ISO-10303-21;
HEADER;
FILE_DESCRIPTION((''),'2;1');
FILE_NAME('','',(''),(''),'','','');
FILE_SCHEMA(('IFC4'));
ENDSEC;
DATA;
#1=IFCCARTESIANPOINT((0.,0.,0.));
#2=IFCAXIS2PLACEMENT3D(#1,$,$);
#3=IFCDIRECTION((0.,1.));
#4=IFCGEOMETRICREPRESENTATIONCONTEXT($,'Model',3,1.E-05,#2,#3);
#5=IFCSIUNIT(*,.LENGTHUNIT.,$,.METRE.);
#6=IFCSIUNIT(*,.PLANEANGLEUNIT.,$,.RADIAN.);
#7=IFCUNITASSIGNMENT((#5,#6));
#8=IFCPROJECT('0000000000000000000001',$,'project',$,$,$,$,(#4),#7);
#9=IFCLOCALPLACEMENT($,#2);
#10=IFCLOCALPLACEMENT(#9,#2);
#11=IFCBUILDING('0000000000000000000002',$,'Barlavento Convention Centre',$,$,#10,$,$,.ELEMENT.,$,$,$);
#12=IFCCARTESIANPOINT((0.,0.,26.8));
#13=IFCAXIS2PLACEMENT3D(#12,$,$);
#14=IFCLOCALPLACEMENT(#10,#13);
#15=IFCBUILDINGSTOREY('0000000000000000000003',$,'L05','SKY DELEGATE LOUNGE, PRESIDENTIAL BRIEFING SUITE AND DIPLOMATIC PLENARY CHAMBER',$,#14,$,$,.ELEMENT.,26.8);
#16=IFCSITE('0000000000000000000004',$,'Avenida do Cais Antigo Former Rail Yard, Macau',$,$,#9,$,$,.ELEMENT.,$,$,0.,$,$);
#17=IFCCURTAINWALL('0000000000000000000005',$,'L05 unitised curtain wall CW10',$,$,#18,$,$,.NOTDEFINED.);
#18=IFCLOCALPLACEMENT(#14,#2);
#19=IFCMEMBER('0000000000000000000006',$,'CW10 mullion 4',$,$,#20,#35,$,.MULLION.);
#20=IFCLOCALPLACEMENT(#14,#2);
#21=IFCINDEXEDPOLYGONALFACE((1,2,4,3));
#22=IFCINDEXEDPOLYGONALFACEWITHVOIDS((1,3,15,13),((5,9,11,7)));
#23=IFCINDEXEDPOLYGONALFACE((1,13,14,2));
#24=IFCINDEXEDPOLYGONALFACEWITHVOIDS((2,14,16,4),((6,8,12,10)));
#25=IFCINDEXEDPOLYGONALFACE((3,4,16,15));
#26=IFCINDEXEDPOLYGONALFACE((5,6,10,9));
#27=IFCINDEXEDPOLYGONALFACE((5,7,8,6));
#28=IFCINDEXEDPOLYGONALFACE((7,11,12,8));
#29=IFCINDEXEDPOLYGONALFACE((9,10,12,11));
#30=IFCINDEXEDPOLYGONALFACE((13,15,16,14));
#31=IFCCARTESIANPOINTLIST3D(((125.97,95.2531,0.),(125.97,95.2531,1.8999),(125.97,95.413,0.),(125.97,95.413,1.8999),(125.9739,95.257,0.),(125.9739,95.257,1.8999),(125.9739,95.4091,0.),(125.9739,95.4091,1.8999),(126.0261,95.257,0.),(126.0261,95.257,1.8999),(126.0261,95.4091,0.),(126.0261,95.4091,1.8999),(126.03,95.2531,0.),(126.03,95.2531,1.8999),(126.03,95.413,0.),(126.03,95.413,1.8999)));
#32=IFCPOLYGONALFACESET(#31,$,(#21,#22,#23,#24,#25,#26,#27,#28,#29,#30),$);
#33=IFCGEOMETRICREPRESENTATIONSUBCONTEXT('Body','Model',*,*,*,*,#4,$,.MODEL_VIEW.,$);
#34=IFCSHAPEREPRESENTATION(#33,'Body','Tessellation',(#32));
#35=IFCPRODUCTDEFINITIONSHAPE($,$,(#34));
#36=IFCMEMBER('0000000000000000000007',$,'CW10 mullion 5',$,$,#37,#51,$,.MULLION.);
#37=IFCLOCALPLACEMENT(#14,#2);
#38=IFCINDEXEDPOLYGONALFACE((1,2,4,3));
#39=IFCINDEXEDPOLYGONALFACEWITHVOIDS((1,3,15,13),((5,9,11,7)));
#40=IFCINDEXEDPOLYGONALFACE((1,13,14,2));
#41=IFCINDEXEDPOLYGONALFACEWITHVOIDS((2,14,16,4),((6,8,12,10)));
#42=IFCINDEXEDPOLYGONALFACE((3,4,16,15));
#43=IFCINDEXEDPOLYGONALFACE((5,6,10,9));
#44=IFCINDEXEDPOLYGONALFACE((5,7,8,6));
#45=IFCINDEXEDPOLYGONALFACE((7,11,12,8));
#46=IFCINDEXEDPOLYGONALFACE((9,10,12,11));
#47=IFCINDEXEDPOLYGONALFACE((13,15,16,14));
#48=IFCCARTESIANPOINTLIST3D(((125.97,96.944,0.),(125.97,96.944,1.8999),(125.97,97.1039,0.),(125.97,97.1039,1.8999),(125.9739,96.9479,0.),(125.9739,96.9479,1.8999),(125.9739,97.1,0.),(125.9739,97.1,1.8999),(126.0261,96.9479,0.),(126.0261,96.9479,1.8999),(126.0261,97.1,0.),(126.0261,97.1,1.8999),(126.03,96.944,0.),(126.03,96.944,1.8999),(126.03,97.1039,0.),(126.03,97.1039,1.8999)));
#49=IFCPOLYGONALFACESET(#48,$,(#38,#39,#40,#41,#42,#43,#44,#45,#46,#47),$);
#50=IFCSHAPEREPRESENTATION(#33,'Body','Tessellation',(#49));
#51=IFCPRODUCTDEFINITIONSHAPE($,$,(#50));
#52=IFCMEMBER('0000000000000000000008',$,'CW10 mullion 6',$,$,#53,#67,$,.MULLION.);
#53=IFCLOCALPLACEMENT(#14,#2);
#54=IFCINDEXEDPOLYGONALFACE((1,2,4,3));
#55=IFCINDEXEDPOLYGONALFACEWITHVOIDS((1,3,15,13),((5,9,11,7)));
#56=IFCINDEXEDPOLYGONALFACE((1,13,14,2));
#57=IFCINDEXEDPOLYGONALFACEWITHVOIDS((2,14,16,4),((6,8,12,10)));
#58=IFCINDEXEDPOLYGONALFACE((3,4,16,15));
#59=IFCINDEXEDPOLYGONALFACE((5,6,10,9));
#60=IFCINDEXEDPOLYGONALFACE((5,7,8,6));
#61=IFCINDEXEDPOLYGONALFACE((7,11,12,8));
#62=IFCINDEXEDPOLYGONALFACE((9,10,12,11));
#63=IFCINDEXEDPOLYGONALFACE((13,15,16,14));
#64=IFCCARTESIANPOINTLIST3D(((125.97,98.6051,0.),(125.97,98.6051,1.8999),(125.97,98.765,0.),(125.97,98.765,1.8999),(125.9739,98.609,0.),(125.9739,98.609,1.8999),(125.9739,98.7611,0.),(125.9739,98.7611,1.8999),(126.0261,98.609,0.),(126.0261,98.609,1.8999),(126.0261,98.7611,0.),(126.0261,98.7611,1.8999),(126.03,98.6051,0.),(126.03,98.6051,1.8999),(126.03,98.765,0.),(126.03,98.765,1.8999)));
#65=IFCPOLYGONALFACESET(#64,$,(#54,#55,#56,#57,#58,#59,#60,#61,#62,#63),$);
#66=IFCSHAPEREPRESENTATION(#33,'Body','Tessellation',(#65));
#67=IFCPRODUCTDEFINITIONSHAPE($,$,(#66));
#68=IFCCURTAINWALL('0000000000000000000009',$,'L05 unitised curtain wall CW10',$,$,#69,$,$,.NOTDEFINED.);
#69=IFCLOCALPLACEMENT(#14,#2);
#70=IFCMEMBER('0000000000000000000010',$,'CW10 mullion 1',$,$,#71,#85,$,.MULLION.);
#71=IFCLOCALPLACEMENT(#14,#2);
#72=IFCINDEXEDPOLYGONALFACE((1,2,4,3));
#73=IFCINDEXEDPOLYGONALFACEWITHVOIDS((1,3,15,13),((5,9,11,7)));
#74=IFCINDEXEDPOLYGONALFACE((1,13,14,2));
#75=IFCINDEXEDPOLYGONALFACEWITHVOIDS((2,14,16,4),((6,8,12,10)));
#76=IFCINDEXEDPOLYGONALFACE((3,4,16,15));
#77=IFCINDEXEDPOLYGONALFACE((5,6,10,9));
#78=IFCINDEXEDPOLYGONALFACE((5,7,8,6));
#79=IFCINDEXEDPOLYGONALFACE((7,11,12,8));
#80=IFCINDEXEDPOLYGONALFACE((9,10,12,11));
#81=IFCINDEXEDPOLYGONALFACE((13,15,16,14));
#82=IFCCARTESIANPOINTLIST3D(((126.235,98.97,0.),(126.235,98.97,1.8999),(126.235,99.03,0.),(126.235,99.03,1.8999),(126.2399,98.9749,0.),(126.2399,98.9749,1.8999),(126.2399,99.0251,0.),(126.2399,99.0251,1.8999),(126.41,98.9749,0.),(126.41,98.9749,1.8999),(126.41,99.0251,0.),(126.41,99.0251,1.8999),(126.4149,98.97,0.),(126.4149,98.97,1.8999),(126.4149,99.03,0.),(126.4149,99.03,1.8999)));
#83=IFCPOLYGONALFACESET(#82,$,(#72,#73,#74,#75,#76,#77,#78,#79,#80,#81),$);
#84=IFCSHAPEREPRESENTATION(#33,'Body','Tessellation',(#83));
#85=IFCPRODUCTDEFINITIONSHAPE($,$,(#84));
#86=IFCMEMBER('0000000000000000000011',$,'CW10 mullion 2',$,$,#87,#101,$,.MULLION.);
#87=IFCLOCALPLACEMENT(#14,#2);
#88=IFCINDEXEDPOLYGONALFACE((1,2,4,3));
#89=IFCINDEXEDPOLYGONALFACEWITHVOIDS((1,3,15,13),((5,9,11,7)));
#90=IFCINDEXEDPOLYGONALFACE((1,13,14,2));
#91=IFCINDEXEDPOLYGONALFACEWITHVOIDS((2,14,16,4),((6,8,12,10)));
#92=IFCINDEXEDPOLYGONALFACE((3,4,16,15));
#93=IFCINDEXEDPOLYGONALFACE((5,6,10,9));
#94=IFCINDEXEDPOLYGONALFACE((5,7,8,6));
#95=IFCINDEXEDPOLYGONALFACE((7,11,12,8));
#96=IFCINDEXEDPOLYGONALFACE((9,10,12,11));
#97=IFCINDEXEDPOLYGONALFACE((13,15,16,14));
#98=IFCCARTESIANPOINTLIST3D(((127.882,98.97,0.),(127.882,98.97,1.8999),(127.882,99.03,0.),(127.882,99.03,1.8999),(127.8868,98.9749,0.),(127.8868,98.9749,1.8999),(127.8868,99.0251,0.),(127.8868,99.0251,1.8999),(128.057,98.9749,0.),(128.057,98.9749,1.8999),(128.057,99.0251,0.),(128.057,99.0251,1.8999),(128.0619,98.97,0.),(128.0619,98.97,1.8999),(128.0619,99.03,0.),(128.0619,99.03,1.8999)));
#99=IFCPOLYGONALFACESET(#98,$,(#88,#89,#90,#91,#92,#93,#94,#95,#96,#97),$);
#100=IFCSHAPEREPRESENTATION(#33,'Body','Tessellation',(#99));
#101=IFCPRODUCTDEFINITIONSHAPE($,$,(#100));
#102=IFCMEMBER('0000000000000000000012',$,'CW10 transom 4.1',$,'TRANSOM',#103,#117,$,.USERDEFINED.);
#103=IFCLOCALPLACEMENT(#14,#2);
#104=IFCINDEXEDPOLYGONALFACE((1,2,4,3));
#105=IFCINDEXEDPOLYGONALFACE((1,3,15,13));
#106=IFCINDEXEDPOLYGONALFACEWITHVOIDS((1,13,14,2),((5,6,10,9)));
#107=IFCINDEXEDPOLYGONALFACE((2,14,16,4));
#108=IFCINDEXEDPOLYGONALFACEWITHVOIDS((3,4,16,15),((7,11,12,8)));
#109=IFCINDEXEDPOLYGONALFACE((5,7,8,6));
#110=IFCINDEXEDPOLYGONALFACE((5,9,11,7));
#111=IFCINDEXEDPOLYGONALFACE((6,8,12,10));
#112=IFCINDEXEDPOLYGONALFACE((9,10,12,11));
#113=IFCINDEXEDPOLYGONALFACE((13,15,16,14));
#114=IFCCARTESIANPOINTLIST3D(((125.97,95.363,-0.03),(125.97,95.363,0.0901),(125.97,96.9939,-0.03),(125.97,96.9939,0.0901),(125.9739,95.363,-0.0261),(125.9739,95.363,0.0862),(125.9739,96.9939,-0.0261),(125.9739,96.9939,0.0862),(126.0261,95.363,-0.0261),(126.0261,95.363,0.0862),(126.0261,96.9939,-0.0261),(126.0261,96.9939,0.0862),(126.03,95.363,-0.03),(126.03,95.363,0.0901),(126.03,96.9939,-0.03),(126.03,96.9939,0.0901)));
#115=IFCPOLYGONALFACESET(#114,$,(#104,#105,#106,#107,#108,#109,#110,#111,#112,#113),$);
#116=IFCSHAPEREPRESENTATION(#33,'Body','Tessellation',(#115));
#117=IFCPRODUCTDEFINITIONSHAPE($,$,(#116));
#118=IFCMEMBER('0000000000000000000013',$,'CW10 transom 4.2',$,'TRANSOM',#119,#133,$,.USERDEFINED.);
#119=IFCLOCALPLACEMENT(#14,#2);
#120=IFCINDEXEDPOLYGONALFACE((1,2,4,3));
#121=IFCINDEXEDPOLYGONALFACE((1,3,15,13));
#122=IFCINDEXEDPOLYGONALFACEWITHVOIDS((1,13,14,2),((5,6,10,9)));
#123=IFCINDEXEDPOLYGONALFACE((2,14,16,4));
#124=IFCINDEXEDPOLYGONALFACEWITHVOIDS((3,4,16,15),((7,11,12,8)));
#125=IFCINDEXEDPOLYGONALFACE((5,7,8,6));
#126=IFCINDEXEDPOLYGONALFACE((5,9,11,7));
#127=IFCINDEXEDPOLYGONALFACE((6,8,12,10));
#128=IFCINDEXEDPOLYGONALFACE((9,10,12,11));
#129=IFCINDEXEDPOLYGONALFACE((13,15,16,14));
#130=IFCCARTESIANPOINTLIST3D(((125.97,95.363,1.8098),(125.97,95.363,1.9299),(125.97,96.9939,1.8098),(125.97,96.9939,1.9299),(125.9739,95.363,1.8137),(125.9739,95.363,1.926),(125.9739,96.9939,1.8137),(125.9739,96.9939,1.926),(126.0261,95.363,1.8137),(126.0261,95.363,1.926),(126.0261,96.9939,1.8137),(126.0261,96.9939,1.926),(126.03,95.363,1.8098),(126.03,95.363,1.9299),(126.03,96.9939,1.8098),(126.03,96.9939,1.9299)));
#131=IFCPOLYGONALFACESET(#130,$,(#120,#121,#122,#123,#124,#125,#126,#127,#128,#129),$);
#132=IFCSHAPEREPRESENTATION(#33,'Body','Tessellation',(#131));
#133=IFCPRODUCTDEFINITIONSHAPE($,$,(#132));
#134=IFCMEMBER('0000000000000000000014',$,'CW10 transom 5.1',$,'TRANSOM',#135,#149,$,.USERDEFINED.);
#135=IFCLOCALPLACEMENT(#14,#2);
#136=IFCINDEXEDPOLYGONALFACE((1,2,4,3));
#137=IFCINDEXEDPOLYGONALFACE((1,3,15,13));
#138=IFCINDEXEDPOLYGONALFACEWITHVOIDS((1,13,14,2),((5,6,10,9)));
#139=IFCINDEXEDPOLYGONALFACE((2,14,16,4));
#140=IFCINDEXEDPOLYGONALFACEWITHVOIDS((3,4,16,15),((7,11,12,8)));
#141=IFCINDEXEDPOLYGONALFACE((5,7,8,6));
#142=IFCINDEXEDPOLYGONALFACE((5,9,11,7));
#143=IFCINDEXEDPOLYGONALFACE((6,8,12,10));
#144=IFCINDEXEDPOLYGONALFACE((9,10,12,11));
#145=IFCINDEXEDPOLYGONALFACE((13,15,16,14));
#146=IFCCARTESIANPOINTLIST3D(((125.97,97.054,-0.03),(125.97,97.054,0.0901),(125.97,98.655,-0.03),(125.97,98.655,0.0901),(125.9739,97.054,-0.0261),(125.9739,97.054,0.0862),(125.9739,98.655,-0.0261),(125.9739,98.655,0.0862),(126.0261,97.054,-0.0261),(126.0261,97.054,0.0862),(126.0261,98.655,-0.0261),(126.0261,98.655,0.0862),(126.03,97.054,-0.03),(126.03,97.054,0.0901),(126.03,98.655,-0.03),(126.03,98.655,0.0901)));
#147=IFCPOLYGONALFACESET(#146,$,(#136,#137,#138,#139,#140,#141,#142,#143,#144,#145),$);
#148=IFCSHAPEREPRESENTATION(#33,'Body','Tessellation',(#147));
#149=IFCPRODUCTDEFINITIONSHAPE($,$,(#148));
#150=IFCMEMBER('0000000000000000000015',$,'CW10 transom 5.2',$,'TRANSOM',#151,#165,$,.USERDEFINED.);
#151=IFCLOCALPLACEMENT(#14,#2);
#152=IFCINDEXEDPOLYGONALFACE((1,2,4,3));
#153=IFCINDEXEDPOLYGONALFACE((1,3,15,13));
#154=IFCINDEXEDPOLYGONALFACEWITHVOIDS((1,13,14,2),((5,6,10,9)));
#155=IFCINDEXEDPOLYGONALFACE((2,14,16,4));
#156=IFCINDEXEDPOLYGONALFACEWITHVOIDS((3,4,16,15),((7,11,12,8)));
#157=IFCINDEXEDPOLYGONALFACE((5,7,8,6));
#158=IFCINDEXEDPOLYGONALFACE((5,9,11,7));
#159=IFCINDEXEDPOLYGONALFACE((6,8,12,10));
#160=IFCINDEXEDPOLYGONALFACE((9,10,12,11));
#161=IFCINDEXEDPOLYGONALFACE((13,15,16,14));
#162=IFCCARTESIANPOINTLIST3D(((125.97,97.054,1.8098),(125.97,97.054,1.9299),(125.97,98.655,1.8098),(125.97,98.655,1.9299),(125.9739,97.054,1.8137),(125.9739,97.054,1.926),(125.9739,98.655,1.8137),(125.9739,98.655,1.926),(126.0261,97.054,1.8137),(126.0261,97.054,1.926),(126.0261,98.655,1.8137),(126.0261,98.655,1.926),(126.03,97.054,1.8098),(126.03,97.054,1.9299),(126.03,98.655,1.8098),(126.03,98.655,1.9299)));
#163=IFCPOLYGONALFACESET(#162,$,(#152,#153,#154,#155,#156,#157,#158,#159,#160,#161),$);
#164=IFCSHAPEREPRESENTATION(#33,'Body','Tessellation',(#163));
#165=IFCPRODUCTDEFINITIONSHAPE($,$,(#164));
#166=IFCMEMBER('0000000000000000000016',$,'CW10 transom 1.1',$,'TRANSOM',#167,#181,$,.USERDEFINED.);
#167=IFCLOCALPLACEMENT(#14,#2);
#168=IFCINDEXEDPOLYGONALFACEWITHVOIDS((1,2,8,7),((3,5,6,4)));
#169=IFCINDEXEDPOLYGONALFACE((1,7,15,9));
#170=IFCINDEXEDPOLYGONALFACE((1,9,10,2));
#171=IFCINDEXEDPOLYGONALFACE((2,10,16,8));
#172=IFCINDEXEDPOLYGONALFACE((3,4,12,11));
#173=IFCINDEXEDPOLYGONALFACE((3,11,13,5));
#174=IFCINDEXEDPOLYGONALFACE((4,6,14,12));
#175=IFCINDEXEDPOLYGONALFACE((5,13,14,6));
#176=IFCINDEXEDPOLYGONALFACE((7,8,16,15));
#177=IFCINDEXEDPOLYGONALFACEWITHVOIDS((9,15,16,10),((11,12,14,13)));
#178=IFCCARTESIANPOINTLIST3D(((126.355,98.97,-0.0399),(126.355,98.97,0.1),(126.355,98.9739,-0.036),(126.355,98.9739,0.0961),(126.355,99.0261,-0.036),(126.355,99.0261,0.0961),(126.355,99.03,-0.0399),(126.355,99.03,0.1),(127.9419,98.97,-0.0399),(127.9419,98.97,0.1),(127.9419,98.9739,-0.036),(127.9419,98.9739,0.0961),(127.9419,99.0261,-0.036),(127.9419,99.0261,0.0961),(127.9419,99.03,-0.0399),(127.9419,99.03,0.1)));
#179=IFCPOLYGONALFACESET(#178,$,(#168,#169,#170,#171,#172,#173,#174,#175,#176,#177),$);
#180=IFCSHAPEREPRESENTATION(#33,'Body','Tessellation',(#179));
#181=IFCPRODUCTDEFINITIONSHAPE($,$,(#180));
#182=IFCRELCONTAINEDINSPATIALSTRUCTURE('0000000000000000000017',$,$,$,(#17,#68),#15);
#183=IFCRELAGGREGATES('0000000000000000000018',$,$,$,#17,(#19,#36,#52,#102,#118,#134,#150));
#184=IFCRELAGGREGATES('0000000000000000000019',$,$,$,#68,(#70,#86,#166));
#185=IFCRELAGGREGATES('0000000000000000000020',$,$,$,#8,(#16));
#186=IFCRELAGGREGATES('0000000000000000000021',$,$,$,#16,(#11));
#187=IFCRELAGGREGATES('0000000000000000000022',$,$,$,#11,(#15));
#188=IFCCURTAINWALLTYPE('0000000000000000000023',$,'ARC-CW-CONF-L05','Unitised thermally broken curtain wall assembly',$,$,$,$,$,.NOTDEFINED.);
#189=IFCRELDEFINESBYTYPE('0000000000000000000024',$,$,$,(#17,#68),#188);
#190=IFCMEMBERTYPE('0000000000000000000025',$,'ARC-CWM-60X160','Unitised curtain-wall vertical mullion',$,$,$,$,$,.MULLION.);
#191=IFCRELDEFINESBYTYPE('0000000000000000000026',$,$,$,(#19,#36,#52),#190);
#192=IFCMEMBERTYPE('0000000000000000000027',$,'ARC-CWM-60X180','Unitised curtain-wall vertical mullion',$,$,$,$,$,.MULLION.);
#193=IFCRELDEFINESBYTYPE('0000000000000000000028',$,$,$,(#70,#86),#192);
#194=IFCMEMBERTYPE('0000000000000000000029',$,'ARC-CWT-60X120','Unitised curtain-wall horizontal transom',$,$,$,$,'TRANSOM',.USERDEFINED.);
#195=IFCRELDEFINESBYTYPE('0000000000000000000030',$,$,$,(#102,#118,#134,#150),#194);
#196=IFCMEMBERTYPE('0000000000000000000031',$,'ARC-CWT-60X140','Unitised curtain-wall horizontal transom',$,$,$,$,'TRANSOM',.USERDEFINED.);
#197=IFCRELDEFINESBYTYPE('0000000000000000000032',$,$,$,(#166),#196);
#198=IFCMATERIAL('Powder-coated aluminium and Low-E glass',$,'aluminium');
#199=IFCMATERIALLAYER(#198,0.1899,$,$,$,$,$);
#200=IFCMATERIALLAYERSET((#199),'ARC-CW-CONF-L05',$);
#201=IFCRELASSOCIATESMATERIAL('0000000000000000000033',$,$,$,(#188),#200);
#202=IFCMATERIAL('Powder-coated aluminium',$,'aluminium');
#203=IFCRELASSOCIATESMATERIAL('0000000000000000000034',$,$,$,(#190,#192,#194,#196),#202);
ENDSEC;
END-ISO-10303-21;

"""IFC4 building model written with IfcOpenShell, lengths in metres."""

from ifc_helpers import new_model, si_unit, direction, frame, origin, origin_2d, place, context, subcontext, project, spatial, hollow_rectangle, extrude, material, layer, layer_set, material_profile, profile_set, type_object, element, aggregate, save


model = new_model("IFC4")

# Units and contexts
model_context = context("Model", 3, precision=1e-05, world=origin(), true_north=direction((0.0, 1.0)))
body_context = subcontext(model_context, "Body", "Model", "MODEL_VIEW")
ifc_project = project(units=[si_unit("LENGTHUNIT", "METRE"), si_unit("PLANEANGLEUNIT", "RADIAN")], contexts=[model_context])

# Site, building, storey
site_placement = place(None, origin())
site = spatial("IfcSite", under=ifc_project, at=site_placement, Name="Avenida do Cais Antigo Former Rail Yard, Macau", CompositionType="ELEMENT", RefElevation=0.0)
building_placement = place(site_placement, origin())
building = spatial("IfcBuilding", under=site, at=building_placement, Name="Barlavento Convention Centre", CompositionType="ELEMENT")
storey_placement = place(building_placement, frame((0.0, 0.0, 26.8)))
storey = spatial("IfcBuildingStorey", under=building, at=storey_placement, Name="L05", Description="SKY DELEGATE LOUNGE, PRESIDENTIAL BRIEFING SUITE AND DIPLOMATIC PLENARY CHAMBER", CompositionType="ELEMENT", Elevation=26.8)

# Curtain walls, members
ifc_material_1 = material(Name="Powder-coated aluminium and Low-E glass", Category="aluminium")
ifc_layer_1 = layer(ifc_material_1, 0.1899)
ifc_layer_set_1 = layer_set([ifc_layer_1], Name="ARC-CW-CONF-L05")
curtain_wall_type = type_object("IfcCurtainWallType", Name="ARC-CW-CONF-L05", Description="Unitised thermally broken curtain wall assembly", PredefinedType="NOTDEFINED", material=ifc_layer_set_1)
curtain_wall_1_placement = place(storey_placement, origin())
curtain_wall_1 = element("IfcCurtainWall", 1, at=curtain_wall_1_placement, inside=storey, type_object=curtain_wall_type, Name="L05 unitised curtain wall CW10", PredefinedType="NOTDEFINED")
ifc_material_2 = material(Name="Powder-coated aluminium", Category="aluminium")
ifc_material_profile_1 = material_profile(ifc_material_2, hollow_rectangle(XDim=0.0601, YDim=0.1599, WallThickness=0.0039, at=origin_2d()), Name="AL-MULL 60x160x4")
ifc_profile_set_1 = profile_set([ifc_material_profile_1], Name="Powder-coated aluminium")
member_type_1 = type_object("IfcMemberType", Name="ARC-CWM-60X160", Description="Unitised curtain-wall vertical mullion", PredefinedType="MULLION", material=ifc_profile_set_1)
member_1_placement = place(storey_placement, frame((126.0, 95.333, 0.0), z_axis=(0.0, 0.0, 1.0), x_axis=(-1.0, 0.0, 0.0)))
member_1 = element("IfcMember", 2, at=member_1_placement, type_object=member_type_1, Name="CW10 mullion 4", PredefinedType="MULLION", context=body_context, shape_type="SweptSolid", body=[
    extrude(hollow_rectangle(XDim=0.0601, YDim=0.1599, WallThickness=0.0039, at=origin_2d()), origin(), (0.0, 0.0, 1.0), 1.8999),
])
member_2_placement = place(storey_placement, frame((126.0, 97.0239, 0.0), z_axis=(0.0, 0.0, 1.0), x_axis=(-1.0, 0.0, 0.0)))
member_2 = element("IfcMember", 3, at=member_2_placement, type_object=member_type_1, Name="CW10 mullion 5", PredefinedType="MULLION", context=body_context, shape_type="SweptSolid", body=[
    extrude(hollow_rectangle(XDim=0.0601, YDim=0.1599, WallThickness=0.0039, at=origin_2d()), origin(), (0.0, 0.0, 1.0), 1.8999),
])
member_3_placement = place(storey_placement, frame((126.0, 98.6851, 0.0), z_axis=(0.0, 0.0, 1.0), x_axis=(-1.0, 0.0, 0.0)))
member_3 = element("IfcMember", 4, at=member_3_placement, type_object=member_type_1, Name="CW10 mullion 6", PredefinedType="MULLION", context=body_context, shape_type="SweptSolid", body=[
    extrude(hollow_rectangle(XDim=0.0601, YDim=0.1599, WallThickness=0.0039, at=origin_2d()), origin(), (0.0, 0.0, 1.0), 1.8999),
])
curtain_wall_2_placement = place(storey_placement, origin())
curtain_wall_2 = element("IfcCurtainWall", 5, at=curtain_wall_2_placement, inside=storey, type_object=curtain_wall_type, Name="L05 unitised curtain wall CW10", PredefinedType="NOTDEFINED")
ifc_material_profile_2 = material_profile(ifc_material_2, hollow_rectangle(XDim=0.0601, YDim=0.1799, WallThickness=0.0049, at=origin_2d()), Name="AL-MULL 60x180x5")
ifc_profile_set_2 = profile_set([ifc_material_profile_2], Name="Powder-coated aluminium")
member_type_2 = type_object("IfcMemberType", Name="ARC-CWM-60X180", Description="Unitised curtain-wall vertical mullion", PredefinedType="MULLION", material=ifc_profile_set_2)
member_4_placement = place(storey_placement, frame((126.325, 99.0, 0.0), z_axis=(0.0, 0.0, 1.0), x_axis=(0.0, 1.0, 0.0)))
member_4 = element("IfcMember", 6, at=member_4_placement, type_object=member_type_2, Name="CW10 mullion 1", PredefinedType="MULLION", context=body_context, shape_type="SweptSolid", body=[
    extrude(hollow_rectangle(XDim=0.0601, YDim=0.1799, WallThickness=0.0049, at=origin_2d()), origin(), (0.0, 0.0, 1.0), 1.8999),
])
member_5_placement = place(storey_placement, frame((127.9719, 99.0, 0.0), z_axis=(0.0, 0.0, 1.0), x_axis=(0.0, 1.0, 0.0)))
member_5 = element("IfcMember", 7, at=member_5_placement, type_object=member_type_2, Name="CW10 mullion 2", PredefinedType="MULLION", context=body_context, shape_type="SweptSolid", body=[
    extrude(hollow_rectangle(XDim=0.0601, YDim=0.1799, WallThickness=0.0049, at=origin_2d()), origin(), (0.0, 0.0, 1.0), 1.8999),
])

# Members
ifc_material_profile_3 = material_profile(ifc_material_2, hollow_rectangle(XDim=0.0601, YDim=0.1201, WallThickness=0.0039, at=origin_2d()), Name="AL-TRAN 60x120x4")
ifc_profile_set_3 = profile_set([ifc_material_profile_3], Name="Powder-coated aluminium")
member_type_3 = type_object("IfcMemberType", Name="ARC-CWT-60X120", Description="Unitised curtain-wall horizontal transom", ElementType="TRANSOM", PredefinedType="USERDEFINED", material=ifc_profile_set_3)
member_6_placement = place(storey_placement, frame((126.0, 95.363, 0.03), z_axis=(0.0, 1.0, 0.0), x_axis=(-1.0, 0.0, 0.0)))
member_6 = element("IfcMember", 8, at=member_6_placement, type_object=member_type_3, Name="CW10 transom 4.1", ObjectType="TRANSOM", PredefinedType="USERDEFINED", context=body_context, shape_type="SweptSolid", body=[
    extrude(hollow_rectangle(XDim=0.0601, YDim=0.1201, WallThickness=0.0039, at=origin_2d()), origin(), (0.0, 0.0, 1.0), 1.6309),
])
member_7_placement = place(storey_placement, frame((126.0, 95.363, 1.8699), z_axis=(0.0, 1.0, 0.0), x_axis=(-1.0, 0.0, 0.0)))
member_7 = element("IfcMember", 9, at=member_7_placement, type_object=member_type_3, Name="CW10 transom 4.2", ObjectType="TRANSOM", PredefinedType="USERDEFINED", context=body_context, shape_type="SweptSolid", body=[
    extrude(hollow_rectangle(XDim=0.0601, YDim=0.1201, WallThickness=0.0039, at=origin_2d()), origin(), (0.0, 0.0, 1.0), 1.6309),
])
member_8_placement = place(storey_placement, frame((126.0, 97.054, 0.03), z_axis=(0.0, 1.0, 0.0), x_axis=(-1.0, 0.0, 0.0)))
member_8 = element("IfcMember", 10, at=member_8_placement, type_object=member_type_3, Name="CW10 transom 5.1", ObjectType="TRANSOM", PredefinedType="USERDEFINED", context=body_context, shape_type="SweptSolid", body=[
    extrude(hollow_rectangle(XDim=0.0601, YDim=0.1201, WallThickness=0.0039, at=origin_2d()), origin(), (0.0, 0.0, 1.0), 1.6011),
])
member_9_placement = place(storey_placement, frame((126.0, 97.054, 1.8699), z_axis=(0.0, 1.0, 0.0), x_axis=(-1.0, 0.0, 0.0)))
member_9 = element("IfcMember", 11, at=member_9_placement, type_object=member_type_3, Name="CW10 transom 5.2", ObjectType="TRANSOM", PredefinedType="USERDEFINED", context=body_context, shape_type="SweptSolid", body=[
    extrude(hollow_rectangle(XDim=0.0601, YDim=0.1201, WallThickness=0.0039, at=origin_2d()), origin(), (0.0, 0.0, 1.0), 1.6011),
])
ifc_material_profile_4 = material_profile(ifc_material_2, hollow_rectangle(XDim=0.0601, YDim=0.1399, WallThickness=0.0039, at=origin_2d()), Name="AL-TRAN 60x140x4")
ifc_profile_set_4 = profile_set([ifc_material_profile_4], Name="Powder-coated aluminium")
member_type_4 = type_object("IfcMemberType", Name="ARC-CWT-60X140", Description="Unitised curtain-wall horizontal transom", ElementType="TRANSOM", PredefinedType="USERDEFINED", material=ifc_profile_set_4)
member_10_placement = place(storey_placement, frame((126.355, 99.0, 0.03), z_axis=(1.0, 0.0, 0.0), x_axis=(0.0, 1.0, 0.0)))
member_10 = element("IfcMember", 12, at=member_10_placement, type_object=member_type_4, Name="CW10 transom 1.1", ObjectType="TRANSOM", PredefinedType="USERDEFINED", context=body_context, shape_type="SweptSolid", body=[
    extrude(hollow_rectangle(XDim=0.0601, YDim=0.1399, WallThickness=0.0039, at=origin_2d()), origin(), (0.0, 0.0, 1.0), 1.5869),
])

aggregate(curtain_wall_1, [member_1, member_2, member_3, member_6, member_7, member_8, member_9])
aggregate(curtain_wall_2, [member_4, member_5, member_10])

save(model, "model.ifc")
